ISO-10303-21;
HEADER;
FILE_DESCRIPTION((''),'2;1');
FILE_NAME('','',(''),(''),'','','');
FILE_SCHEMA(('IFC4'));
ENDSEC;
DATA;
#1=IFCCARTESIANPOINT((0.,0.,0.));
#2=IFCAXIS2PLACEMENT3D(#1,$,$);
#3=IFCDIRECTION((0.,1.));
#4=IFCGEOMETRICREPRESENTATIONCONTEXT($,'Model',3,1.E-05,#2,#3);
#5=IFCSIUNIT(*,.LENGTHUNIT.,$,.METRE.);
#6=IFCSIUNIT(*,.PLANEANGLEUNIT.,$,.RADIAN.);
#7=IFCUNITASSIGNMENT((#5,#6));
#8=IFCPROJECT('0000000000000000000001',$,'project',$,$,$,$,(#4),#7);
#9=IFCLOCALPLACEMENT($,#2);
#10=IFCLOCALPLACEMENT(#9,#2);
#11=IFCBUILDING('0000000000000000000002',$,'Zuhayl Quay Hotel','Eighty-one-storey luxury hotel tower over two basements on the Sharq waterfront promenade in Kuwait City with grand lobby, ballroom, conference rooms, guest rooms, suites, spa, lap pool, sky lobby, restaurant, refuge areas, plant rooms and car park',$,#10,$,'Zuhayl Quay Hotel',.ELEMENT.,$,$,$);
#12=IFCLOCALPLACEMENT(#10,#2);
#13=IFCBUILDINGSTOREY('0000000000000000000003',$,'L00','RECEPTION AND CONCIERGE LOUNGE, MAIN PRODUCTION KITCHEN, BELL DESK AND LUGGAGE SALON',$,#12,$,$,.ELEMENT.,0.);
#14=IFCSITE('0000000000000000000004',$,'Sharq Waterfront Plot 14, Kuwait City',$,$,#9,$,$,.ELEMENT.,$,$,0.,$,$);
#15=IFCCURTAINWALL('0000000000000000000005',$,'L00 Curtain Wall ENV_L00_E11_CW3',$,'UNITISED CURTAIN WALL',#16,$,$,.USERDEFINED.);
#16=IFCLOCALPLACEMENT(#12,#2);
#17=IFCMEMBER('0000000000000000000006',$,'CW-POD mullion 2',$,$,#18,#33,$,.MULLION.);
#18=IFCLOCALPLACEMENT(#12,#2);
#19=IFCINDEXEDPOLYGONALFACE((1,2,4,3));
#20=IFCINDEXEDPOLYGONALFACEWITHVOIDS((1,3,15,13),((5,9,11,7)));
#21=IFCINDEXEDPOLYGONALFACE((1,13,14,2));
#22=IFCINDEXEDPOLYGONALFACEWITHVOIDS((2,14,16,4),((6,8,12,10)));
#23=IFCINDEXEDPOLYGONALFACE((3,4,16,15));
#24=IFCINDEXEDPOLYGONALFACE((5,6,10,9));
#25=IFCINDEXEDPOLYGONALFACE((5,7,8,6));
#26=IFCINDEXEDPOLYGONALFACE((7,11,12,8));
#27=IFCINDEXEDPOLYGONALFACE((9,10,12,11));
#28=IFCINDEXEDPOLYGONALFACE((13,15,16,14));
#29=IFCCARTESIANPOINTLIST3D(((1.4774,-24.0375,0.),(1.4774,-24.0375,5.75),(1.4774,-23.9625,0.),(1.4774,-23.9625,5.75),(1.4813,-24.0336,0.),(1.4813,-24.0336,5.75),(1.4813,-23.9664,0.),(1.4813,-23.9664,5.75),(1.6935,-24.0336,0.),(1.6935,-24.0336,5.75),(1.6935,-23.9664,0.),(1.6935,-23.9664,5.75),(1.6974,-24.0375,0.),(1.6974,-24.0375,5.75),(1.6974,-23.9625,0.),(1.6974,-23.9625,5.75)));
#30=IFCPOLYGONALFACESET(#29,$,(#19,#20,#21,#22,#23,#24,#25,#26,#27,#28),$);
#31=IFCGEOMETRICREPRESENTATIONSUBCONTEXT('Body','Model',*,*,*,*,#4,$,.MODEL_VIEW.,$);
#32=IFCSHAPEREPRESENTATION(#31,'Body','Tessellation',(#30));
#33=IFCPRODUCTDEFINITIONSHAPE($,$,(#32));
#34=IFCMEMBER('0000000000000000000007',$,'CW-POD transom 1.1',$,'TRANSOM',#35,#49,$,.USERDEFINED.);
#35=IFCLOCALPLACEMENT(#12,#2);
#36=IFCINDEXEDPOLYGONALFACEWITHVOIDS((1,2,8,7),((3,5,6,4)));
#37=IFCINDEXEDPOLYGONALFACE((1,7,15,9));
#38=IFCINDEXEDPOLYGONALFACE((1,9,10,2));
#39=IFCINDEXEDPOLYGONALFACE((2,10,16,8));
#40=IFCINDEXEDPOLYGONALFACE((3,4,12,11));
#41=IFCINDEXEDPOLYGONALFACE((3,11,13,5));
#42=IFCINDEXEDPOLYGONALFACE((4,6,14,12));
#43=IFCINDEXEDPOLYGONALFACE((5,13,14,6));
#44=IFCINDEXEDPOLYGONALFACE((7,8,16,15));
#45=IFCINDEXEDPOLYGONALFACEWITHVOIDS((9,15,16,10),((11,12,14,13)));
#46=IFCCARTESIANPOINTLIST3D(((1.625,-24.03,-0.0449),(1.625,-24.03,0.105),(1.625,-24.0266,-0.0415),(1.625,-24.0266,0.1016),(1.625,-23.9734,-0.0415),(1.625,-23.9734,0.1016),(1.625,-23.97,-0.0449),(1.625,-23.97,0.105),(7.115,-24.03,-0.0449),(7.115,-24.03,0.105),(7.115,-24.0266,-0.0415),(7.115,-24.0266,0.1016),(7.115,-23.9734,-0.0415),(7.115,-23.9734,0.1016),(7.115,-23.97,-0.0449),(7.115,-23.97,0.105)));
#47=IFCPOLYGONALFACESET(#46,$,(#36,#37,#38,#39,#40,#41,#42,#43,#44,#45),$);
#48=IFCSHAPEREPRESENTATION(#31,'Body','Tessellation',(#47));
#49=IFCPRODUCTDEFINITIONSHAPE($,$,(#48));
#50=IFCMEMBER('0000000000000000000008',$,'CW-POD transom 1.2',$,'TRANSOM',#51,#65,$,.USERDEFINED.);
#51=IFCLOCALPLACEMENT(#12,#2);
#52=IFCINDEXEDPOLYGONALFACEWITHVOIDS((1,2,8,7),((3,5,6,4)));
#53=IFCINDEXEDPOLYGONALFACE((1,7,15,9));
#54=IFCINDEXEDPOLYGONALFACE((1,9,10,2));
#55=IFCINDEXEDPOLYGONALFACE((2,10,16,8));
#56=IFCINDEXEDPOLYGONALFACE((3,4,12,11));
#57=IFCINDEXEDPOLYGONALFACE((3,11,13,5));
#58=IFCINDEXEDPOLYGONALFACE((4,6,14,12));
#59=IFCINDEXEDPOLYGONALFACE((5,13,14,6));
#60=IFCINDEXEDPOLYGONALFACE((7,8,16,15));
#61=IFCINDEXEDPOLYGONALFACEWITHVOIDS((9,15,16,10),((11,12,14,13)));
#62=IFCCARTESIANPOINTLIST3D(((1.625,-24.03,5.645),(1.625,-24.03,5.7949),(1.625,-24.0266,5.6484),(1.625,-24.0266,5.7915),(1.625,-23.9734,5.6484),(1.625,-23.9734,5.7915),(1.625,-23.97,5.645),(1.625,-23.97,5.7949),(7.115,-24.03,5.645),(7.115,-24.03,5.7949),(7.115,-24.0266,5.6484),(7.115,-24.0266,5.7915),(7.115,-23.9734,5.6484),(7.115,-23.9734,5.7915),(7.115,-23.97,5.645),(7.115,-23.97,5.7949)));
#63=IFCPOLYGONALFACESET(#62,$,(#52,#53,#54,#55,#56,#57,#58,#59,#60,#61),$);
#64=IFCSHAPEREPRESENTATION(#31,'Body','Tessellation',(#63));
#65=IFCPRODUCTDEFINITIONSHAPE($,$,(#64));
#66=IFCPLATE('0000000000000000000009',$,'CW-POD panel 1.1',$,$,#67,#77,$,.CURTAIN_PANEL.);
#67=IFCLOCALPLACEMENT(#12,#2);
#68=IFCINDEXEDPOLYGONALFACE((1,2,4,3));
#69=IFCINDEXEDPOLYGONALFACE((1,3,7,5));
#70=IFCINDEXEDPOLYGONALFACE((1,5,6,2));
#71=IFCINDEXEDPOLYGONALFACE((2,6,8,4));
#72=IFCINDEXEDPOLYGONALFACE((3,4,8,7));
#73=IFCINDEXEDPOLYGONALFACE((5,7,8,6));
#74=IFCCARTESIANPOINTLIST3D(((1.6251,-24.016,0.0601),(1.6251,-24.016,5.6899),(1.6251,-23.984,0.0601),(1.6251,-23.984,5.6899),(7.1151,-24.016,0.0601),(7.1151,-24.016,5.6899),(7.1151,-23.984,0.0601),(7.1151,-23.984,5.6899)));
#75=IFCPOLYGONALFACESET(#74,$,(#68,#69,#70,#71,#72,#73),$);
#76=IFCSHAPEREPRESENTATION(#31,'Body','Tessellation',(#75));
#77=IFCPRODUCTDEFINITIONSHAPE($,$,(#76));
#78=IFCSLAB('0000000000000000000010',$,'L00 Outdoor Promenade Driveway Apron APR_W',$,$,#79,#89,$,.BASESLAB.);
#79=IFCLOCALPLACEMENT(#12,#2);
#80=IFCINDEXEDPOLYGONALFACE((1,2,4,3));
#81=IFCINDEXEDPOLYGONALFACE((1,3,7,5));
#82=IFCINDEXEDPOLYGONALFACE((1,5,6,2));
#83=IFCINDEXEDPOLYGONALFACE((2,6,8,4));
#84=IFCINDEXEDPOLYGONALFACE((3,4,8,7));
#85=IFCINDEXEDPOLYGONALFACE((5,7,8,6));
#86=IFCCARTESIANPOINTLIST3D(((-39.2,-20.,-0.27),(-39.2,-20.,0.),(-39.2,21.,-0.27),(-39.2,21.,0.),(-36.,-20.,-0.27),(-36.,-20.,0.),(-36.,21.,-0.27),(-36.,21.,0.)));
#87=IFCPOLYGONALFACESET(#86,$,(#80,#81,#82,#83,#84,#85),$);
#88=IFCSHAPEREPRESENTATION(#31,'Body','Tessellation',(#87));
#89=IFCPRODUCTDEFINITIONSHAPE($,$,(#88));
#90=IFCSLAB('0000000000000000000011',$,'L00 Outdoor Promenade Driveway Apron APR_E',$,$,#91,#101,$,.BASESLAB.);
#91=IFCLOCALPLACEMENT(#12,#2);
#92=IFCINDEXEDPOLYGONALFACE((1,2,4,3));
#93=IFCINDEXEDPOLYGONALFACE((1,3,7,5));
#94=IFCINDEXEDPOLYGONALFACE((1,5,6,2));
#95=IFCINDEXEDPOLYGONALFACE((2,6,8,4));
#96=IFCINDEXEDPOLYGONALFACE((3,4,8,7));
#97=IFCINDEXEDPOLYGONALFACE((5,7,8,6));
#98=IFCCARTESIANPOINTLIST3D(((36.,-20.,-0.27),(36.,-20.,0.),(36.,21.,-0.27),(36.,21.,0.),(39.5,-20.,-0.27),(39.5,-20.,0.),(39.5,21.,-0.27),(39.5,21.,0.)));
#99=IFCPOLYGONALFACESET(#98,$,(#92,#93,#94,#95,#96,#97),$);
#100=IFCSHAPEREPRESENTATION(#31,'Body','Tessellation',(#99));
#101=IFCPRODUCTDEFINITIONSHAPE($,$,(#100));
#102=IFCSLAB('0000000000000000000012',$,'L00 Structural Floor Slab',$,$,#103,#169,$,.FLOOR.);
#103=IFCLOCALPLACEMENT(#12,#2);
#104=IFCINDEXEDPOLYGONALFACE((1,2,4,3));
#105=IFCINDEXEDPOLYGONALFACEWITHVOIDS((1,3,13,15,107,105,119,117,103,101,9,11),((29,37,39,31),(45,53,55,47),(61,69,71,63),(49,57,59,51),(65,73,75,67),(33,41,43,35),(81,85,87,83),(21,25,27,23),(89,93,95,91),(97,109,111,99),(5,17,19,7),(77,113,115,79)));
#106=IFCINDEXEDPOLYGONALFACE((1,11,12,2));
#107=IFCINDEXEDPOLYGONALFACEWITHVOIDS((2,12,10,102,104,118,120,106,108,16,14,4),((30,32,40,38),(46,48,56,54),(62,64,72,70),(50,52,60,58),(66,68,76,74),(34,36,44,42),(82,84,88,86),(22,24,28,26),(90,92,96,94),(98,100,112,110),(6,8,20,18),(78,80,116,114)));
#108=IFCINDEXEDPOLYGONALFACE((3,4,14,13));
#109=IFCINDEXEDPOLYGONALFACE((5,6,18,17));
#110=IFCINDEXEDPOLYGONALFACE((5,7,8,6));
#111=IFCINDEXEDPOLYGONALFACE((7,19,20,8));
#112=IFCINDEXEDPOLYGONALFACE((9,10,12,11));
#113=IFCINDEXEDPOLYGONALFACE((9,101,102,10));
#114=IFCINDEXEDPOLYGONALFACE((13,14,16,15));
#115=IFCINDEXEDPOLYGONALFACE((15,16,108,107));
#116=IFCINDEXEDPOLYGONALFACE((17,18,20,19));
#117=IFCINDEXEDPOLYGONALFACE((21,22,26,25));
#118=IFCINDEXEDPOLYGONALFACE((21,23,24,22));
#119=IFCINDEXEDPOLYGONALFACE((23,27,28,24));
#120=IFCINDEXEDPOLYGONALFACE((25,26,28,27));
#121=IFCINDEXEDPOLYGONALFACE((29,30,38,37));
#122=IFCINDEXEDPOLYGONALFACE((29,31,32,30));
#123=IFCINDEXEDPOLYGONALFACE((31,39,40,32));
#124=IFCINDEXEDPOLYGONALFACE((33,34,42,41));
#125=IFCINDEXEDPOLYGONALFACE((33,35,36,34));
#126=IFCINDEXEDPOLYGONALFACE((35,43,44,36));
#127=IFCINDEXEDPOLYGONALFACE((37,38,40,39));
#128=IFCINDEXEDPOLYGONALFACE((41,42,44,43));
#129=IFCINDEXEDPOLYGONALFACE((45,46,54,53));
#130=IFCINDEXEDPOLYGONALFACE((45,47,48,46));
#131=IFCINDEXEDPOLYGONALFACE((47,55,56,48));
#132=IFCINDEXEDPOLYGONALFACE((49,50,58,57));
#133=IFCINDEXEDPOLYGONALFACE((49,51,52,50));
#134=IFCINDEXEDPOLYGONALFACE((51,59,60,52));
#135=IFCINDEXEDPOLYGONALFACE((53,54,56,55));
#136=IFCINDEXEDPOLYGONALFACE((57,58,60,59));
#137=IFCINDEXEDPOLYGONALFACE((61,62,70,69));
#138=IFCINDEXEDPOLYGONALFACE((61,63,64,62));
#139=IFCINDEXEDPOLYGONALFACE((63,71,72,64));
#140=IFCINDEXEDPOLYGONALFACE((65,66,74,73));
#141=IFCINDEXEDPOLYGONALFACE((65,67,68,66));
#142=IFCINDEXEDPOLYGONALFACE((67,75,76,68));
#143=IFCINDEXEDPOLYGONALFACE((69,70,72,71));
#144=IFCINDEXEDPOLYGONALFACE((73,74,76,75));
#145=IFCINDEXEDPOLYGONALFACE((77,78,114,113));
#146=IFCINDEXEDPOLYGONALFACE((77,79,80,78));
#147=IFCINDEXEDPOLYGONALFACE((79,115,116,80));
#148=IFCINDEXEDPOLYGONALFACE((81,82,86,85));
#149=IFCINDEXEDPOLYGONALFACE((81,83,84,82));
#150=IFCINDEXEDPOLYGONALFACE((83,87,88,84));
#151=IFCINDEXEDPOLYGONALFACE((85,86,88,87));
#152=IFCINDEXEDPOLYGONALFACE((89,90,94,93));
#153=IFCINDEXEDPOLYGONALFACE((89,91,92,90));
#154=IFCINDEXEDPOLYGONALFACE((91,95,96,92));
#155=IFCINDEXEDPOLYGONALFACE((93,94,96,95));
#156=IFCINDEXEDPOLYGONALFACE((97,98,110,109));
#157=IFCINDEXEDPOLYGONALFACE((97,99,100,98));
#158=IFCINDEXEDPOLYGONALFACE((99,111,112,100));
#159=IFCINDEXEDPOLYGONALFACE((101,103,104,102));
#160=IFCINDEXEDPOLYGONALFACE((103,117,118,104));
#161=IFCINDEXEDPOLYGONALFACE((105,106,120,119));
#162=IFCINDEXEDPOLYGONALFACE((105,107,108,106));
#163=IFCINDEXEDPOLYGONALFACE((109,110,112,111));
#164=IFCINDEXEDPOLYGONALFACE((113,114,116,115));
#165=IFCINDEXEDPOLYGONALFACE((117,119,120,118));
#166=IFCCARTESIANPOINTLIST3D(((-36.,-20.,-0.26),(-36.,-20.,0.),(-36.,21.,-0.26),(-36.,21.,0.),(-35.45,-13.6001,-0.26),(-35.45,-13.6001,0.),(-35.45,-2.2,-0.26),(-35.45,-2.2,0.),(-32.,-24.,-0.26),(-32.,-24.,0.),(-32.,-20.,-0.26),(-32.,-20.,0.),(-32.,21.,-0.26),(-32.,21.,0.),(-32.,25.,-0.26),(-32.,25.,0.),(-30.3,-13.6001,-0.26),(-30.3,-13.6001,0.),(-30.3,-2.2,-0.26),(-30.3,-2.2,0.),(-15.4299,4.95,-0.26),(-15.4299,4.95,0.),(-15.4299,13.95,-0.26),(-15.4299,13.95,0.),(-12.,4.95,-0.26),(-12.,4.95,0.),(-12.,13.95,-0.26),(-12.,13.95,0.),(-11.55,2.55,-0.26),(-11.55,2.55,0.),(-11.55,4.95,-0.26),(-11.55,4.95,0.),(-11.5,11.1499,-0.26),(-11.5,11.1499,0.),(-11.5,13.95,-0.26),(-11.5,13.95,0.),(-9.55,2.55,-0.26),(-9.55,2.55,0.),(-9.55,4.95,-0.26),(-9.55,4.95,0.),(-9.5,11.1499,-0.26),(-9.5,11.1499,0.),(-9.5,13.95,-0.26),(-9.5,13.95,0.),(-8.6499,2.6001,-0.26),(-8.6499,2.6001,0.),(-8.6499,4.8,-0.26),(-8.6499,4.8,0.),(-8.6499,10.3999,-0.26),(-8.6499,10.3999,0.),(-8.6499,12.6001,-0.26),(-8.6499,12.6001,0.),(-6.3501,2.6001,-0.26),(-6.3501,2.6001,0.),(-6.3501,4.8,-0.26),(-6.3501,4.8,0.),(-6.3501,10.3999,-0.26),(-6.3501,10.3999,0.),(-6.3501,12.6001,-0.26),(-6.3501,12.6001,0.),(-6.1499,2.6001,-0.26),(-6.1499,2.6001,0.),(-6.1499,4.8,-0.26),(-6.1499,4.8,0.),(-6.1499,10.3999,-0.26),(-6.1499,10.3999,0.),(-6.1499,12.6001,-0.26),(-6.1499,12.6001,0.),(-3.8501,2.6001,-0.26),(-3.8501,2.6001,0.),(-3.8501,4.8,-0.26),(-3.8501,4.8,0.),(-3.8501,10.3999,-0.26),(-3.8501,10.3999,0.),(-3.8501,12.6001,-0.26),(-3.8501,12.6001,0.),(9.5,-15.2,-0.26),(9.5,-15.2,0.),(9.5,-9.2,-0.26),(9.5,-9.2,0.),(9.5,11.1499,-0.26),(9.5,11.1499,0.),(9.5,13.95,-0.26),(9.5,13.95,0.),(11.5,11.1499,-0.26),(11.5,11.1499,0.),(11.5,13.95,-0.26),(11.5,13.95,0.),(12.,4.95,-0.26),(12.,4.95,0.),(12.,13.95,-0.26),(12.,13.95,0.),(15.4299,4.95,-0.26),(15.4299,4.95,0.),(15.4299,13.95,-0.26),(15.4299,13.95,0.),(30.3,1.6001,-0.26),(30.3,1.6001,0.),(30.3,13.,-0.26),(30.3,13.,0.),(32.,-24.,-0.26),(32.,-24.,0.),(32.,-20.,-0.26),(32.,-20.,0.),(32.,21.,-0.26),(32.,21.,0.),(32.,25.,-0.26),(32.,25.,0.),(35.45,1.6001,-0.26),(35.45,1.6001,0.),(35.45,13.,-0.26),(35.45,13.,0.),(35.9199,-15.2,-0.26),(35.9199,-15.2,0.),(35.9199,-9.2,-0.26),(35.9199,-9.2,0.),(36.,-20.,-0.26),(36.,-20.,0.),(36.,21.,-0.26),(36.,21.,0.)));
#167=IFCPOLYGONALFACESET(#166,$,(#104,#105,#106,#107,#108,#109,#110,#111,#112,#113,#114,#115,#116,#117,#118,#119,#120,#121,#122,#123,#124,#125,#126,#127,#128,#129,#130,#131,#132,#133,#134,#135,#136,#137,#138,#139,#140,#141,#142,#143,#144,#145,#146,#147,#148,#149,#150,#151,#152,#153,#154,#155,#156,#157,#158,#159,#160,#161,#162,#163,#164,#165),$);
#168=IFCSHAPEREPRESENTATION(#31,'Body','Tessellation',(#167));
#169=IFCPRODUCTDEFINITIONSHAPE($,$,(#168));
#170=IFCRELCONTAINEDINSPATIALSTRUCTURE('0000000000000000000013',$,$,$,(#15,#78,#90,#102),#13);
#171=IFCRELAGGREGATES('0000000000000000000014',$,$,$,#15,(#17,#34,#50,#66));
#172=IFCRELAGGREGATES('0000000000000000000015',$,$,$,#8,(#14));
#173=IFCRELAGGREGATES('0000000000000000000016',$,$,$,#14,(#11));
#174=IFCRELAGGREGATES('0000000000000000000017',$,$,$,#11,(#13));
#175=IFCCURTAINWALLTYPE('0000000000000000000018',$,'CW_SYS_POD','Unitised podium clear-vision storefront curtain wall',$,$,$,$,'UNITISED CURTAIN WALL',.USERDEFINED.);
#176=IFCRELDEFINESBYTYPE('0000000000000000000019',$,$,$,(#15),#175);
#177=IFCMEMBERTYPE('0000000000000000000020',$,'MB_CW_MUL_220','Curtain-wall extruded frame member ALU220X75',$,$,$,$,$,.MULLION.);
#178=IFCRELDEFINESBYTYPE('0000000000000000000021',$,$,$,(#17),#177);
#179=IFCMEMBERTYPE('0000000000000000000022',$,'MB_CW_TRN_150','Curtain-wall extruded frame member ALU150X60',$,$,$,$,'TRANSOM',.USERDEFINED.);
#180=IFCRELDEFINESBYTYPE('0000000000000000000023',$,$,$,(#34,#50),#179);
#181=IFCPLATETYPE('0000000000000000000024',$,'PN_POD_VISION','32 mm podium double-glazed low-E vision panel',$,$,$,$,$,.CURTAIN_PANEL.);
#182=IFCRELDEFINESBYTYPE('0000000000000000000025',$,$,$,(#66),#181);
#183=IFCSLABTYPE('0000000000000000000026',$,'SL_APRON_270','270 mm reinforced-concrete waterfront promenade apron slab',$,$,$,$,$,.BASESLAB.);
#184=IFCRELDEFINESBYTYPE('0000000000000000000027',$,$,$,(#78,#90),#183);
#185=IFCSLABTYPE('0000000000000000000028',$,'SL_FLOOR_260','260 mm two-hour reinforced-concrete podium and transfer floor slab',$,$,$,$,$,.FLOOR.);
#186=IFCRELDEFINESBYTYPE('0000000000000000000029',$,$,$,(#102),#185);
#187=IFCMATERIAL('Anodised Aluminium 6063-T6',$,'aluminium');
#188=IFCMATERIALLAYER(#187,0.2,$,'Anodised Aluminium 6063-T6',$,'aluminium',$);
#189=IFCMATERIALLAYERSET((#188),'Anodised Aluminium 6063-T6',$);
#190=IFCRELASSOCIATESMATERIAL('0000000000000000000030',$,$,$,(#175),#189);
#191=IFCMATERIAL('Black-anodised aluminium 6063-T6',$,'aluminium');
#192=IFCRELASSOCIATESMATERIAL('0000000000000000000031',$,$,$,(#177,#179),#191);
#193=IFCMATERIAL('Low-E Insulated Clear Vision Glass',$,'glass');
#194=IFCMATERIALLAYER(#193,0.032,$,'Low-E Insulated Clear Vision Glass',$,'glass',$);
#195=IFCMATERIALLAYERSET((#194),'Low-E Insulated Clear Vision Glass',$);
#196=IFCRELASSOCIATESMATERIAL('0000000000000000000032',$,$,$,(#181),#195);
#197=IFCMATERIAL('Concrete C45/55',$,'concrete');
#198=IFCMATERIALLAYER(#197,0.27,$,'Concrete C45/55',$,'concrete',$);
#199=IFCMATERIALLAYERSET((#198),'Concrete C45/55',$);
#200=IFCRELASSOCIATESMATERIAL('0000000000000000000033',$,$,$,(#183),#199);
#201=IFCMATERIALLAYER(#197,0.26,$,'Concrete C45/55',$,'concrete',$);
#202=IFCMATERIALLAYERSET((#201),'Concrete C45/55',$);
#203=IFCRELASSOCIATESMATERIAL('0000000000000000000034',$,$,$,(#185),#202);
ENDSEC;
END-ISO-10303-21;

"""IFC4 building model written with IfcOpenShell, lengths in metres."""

from ifc_helpers import new_model, si_unit, direction, frame, origin, origin_2d, place, context, subcontext, project, spatial, polyline, rectangle, hollow_rectangle, outline, extrude, material, layer, layer_set, material_profile, profile_set, type_object, element, aggregate, save


model = new_model("IFC4")

# Units and contexts
model_context = context("Model", 3, precision=1e-05, world=origin(), true_north=direction((0.0, 1.0)))
body_context = subcontext(model_context, "Body", "Model", "MODEL_VIEW")
ifc_project = project(units=[si_unit("LENGTHUNIT", "METRE"), si_unit("PLANEANGLEUNIT", "RADIAN")], contexts=[model_context])

# Site, building, storey
site_placement = place(None, origin())
site = spatial("IfcSite", under=ifc_project, at=site_placement, Name="Sharq Waterfront Plot 14, Kuwait City", CompositionType="ELEMENT", RefElevation=0.0)
building_placement = place(site_placement, origin())
building = spatial("IfcBuilding", under=site, at=building_placement, Name="Zuhayl Quay Hotel", Description="Eighty-one-storey luxury hotel tower over two basements on the Sharq waterfront promenade in Kuwait City with grand lobby, ballroom, conference rooms, guest rooms, suites, spa, lap pool, sky lobby, restaurant, refuge areas, plant rooms and car park", LongName="Zuhayl Quay Hotel", CompositionType="ELEMENT")
storey_placement = place(building_placement, origin())
storey = spatial("IfcBuildingStorey", under=building, at=storey_placement, Name="L00", Description="RECEPTION AND CONCIERGE LOUNGE, MAIN PRODUCTION KITCHEN, BELL DESK AND LUGGAGE SALON", CompositionType="ELEMENT", Elevation=0.0)

# Curtain wall, members, plate
ifc_material_1 = material(Name="Anodised Aluminium 6063-T6", Category="aluminium")
ifc_layer_1 = layer(ifc_material_1, 0.2, Name="Anodised Aluminium 6063-T6", Category="aluminium")
ifc_layer_set_1 = layer_set([ifc_layer_1], Name="Anodised Aluminium 6063-T6")
curtain_wall_type = type_object("IfcCurtainWallType", Name="CW_SYS_POD", Description="Unitised podium clear-vision storefront curtain wall", ElementType="UNITISED CURTAIN WALL", PredefinedType="USERDEFINED", material=ifc_layer_set_1)
curtain_wall_placement = place(storey_placement, origin())
curtain_wall = element("IfcCurtainWall", 1, at=curtain_wall_placement, inside=storey, type_object=curtain_wall_type, Name="L00 Curtain Wall ENV_L00_E11_CW3", ObjectType="UNITISED CURTAIN WALL", PredefinedType="USERDEFINED")
ifc_material_2 = material(Name="Black-anodised aluminium 6063-T6", Category="aluminium")
ifc_material_profile_1 = material_profile(ifc_material_2, hollow_rectangle(XDim=0.075, YDim=0.22, WallThickness=0.0039, at=origin_2d()), Name="ALU220X75")
ifc_profile_set_1 = profile_set([ifc_material_profile_1], Name="Black-anodised aluminium 6063-T6")
member_type_1 = type_object("IfcMemberType", Name="MB_CW_MUL_220", Description="Curtain-wall extruded frame member ALU220X75", PredefinedType="MULLION", material=ifc_profile_set_1)
member_1_placement = place(storey_placement, frame((1.5874, -24.0, 0.0), z_axis=(0.0, 0.0, 1.0), x_axis=(0.0, -1.0, 0.0)))
member_1 = element("IfcMember", 2, at=member_1_placement, type_object=member_type_1, Name="CW-POD mullion 2", PredefinedType="MULLION", context=body_context, shape_type="SweptSolid", body=[
    extrude(hollow_rectangle(XDim=0.075, YDim=0.22, WallThickness=0.0039, at=origin_2d()), origin(), (0.0, 0.0, 1.0), 5.75),
])
ifc_material_profile_2 = material_profile(ifc_material_2, hollow_rectangle(XDim=0.0601, YDim=0.1499, WallThickness=0.0034, at=origin_2d()), Name="ALU150X60")
ifc_profile_set_2 = profile_set([ifc_material_profile_2], Name="Black-anodised aluminium 6063-T6")
member_type_2 = type_object("IfcMemberType", Name="MB_CW_TRN_150", Description="Curtain-wall extruded frame member ALU150X60", ElementType="TRANSOM", PredefinedType="USERDEFINED", material=ifc_profile_set_2)
member_2_placement = place(storey_placement, frame((7.115, -24.0, 0.03), z_axis=(-1.0, 0.0, 0.0), x_axis=(0.0, -1.0, 0.0)))
member_2 = element("IfcMember", 3, at=member_2_placement, type_object=member_type_2, Name="CW-POD transom 1.1", ObjectType="TRANSOM", PredefinedType="USERDEFINED", context=body_context, shape_type="SweptSolid", body=[
    extrude(hollow_rectangle(XDim=0.0601, YDim=0.1499, WallThickness=0.0034, at=origin_2d()), origin(), (0.0, 0.0, 1.0), 5.49),
])
member_3_placement = place(storey_placement, frame((7.115, -24.0, 5.72), z_axis=(-1.0, 0.0, 0.0), x_axis=(0.0, -1.0, 0.0)))
member_3 = element("IfcMember", 4, at=member_3_placement, type_object=member_type_2, Name="CW-POD transom 1.2", ObjectType="TRANSOM", PredefinedType="USERDEFINED", context=body_context, shape_type="SweptSolid", body=[
    extrude(hollow_rectangle(XDim=0.0601, YDim=0.1499, WallThickness=0.0034, at=origin_2d()), origin(), (0.0, 0.0, 1.0), 5.49),
])
ifc_material_3 = material(Name="Low-E Insulated Clear Vision Glass", Category="glass")
ifc_layer_2 = layer(ifc_material_3, 0.032, Name="Low-E Insulated Clear Vision Glass", Category="glass")
ifc_layer_set_2 = layer_set([ifc_layer_2], Name="Low-E Insulated Clear Vision Glass")
plate_type = type_object("IfcPlateType", Name="PN_POD_VISION", Description="32 mm podium double-glazed low-E vision panel", PredefinedType="CURTAIN_PANEL", material=ifc_layer_set_2)
plate_placement = place(storey_placement, frame((4.3701, -24.0, 0.0601), z_axis=(0.0, 0.0, 1.0), x_axis=(-1.0, 0.0, 0.0)))
plate = element("IfcPlate", 5, at=plate_placement, type_object=plate_type, Name="CW-POD panel 1.1", PredefinedType="CURTAIN_PANEL", context=body_context, shape_type="SweptSolid", body=[
    extrude(rectangle(XDim=5.49, YDim=0.032, at=origin_2d()), origin(), (0.0, 0.0, 1.0), 5.6299),
])
aggregate(curtain_wall, [member_1, member_2, member_3, plate])

# Slabs
ifc_material_4 = material(Name="Concrete C45/55", Category="concrete")
ifc_layer_3 = layer(ifc_material_4, 0.27, Name="Concrete C45/55", Category="concrete")
ifc_layer_set_3 = layer_set([ifc_layer_3], Name="Concrete C45/55")
slab_type_1 = type_object("IfcSlabType", Name="SL_APRON_270", Description="270 mm reinforced-concrete waterfront promenade apron slab", PredefinedType="BASESLAB", material=ifc_layer_set_3)
slab_1_placement = place(storey_placement, frame((0.0, 0.0, -0.27)))
element("IfcSlab", 6, at=slab_1_placement, inside=storey, type_object=slab_type_1, Name="L00 Outdoor Promenade Driveway Apron APR_W", PredefinedType="BASESLAB", context=body_context, shape_type="SweptSolid", body=[
    extrude(outline(polyline([(-39.2, -20.0), (-36.0, -20.0), (-36.0, 21.0), (-39.2, 21.0), (-39.2, -20.0)])), origin(), (0.0, 0.0, 1.0), 0.27),
])
slab_2_placement = place(storey_placement, frame((0.0, 0.0, -0.27)))
element("IfcSlab", 7, at=slab_2_placement, inside=storey, type_object=slab_type_1, Name="L00 Outdoor Promenade Driveway Apron APR_E", PredefinedType="BASESLAB", context=body_context, shape_type="SweptSolid", body=[
    extrude(outline(polyline([(36.0, -20.0), (39.5, -20.0), (39.5, 21.0), (36.0, 21.0), (36.0, -20.0)])), origin(), (0.0, 0.0, 1.0), 0.27),
])
ifc_layer_4 = layer(ifc_material_4, 0.26, Name="Concrete C45/55", Category="concrete")
ifc_layer_set_4 = layer_set([ifc_layer_4], Name="Concrete C45/55")
slab_type_2 = type_object("IfcSlabType", Name="SL_FLOOR_260", Description="260 mm two-hour reinforced-concrete podium and transfer floor slab", PredefinedType="FLOOR", material=ifc_layer_set_4)
slab_3_placement = place(storey_placement, frame((0.0, 0.0, -0.26)))
element("IfcSlab", 8, at=slab_3_placement, inside=storey, type_object=slab_type_2, Name="L00 Structural Floor Slab", PredefinedType="FLOOR", context=body_context, shape_type="SweptSolid", body=[
    extrude(outline(polyline([(-32.0, -24.0), (32.0, -24.0), (32.0, -20.0), (36.0, -20.0), (36.0, 21.0), (32.0, 21.0), (32.0, 25.0), (-32.0, 25.0), (-32.0, 21.0), (-36.0, 21.0), (-36.0, -20.0), (-32.0, -20.0), (-32.0, -24.0)]), holes=[polyline([(-12.0, 4.95), (-12.0, 13.95), (-15.4299, 13.95), (-15.4299, 4.95), (-12.0, 4.95)]), polyline([(15.4299, 4.95), (15.4299, 13.95), (12.0, 13.95), (12.0, 4.95), (15.4299, 4.95)]), polyline([(-30.3, -13.6001), (-30.3, -2.2), (-35.45, -2.2), (-35.45, -13.6001), (-30.3, -13.6001)]), polyline([(35.45, 1.6001), (35.45, 13.0), (30.3, 13.0), (30.3, 1.6001), (35.45, 1.6001)]), polyline([(-11.5, 11.1499), (-9.5, 11.1499), (-9.5, 13.95), (-11.5, 13.95), (-11.5, 11.1499)]), polyline([(9.5, 11.1499), (11.5, 11.1499), (11.5, 13.95), (9.5, 13.95), (9.5, 11.1499)]), polyline([(-8.6499, 2.6001), (-6.3501, 2.6001), (-6.3501, 4.8), (-8.6499, 4.8), (-8.6499, 2.6001)]), polyline([(-6.1499, 2.6001), (-3.8501, 2.6001), (-3.8501, 4.8), (-6.1499, 4.8), (-6.1499, 2.6001)]), polyline([(-8.6499, 10.3999), (-6.3501, 10.3999), (-6.3501, 12.6001), (-8.6499, 12.6001), (-8.6499, 10.3999)]), polyline([(-6.1499, 10.3999), (-3.8501, 10.3999), (-3.8501, 12.6001), (-6.1499, 12.6001), (-6.1499, 10.3999)]), polyline([(-11.55, 2.55), (-9.55, 2.55), (-9.55, 4.95), (-11.55, 4.95), (-11.55, 2.55)]), polyline([(9.5, -15.2), (9.5, -9.2), (35.9199, -9.2), (35.9199, -15.2), (9.5, -15.2)])]), origin(), (0.0, 0.0, 1.0), 0.26),
])

save(model, "model.ifc")
